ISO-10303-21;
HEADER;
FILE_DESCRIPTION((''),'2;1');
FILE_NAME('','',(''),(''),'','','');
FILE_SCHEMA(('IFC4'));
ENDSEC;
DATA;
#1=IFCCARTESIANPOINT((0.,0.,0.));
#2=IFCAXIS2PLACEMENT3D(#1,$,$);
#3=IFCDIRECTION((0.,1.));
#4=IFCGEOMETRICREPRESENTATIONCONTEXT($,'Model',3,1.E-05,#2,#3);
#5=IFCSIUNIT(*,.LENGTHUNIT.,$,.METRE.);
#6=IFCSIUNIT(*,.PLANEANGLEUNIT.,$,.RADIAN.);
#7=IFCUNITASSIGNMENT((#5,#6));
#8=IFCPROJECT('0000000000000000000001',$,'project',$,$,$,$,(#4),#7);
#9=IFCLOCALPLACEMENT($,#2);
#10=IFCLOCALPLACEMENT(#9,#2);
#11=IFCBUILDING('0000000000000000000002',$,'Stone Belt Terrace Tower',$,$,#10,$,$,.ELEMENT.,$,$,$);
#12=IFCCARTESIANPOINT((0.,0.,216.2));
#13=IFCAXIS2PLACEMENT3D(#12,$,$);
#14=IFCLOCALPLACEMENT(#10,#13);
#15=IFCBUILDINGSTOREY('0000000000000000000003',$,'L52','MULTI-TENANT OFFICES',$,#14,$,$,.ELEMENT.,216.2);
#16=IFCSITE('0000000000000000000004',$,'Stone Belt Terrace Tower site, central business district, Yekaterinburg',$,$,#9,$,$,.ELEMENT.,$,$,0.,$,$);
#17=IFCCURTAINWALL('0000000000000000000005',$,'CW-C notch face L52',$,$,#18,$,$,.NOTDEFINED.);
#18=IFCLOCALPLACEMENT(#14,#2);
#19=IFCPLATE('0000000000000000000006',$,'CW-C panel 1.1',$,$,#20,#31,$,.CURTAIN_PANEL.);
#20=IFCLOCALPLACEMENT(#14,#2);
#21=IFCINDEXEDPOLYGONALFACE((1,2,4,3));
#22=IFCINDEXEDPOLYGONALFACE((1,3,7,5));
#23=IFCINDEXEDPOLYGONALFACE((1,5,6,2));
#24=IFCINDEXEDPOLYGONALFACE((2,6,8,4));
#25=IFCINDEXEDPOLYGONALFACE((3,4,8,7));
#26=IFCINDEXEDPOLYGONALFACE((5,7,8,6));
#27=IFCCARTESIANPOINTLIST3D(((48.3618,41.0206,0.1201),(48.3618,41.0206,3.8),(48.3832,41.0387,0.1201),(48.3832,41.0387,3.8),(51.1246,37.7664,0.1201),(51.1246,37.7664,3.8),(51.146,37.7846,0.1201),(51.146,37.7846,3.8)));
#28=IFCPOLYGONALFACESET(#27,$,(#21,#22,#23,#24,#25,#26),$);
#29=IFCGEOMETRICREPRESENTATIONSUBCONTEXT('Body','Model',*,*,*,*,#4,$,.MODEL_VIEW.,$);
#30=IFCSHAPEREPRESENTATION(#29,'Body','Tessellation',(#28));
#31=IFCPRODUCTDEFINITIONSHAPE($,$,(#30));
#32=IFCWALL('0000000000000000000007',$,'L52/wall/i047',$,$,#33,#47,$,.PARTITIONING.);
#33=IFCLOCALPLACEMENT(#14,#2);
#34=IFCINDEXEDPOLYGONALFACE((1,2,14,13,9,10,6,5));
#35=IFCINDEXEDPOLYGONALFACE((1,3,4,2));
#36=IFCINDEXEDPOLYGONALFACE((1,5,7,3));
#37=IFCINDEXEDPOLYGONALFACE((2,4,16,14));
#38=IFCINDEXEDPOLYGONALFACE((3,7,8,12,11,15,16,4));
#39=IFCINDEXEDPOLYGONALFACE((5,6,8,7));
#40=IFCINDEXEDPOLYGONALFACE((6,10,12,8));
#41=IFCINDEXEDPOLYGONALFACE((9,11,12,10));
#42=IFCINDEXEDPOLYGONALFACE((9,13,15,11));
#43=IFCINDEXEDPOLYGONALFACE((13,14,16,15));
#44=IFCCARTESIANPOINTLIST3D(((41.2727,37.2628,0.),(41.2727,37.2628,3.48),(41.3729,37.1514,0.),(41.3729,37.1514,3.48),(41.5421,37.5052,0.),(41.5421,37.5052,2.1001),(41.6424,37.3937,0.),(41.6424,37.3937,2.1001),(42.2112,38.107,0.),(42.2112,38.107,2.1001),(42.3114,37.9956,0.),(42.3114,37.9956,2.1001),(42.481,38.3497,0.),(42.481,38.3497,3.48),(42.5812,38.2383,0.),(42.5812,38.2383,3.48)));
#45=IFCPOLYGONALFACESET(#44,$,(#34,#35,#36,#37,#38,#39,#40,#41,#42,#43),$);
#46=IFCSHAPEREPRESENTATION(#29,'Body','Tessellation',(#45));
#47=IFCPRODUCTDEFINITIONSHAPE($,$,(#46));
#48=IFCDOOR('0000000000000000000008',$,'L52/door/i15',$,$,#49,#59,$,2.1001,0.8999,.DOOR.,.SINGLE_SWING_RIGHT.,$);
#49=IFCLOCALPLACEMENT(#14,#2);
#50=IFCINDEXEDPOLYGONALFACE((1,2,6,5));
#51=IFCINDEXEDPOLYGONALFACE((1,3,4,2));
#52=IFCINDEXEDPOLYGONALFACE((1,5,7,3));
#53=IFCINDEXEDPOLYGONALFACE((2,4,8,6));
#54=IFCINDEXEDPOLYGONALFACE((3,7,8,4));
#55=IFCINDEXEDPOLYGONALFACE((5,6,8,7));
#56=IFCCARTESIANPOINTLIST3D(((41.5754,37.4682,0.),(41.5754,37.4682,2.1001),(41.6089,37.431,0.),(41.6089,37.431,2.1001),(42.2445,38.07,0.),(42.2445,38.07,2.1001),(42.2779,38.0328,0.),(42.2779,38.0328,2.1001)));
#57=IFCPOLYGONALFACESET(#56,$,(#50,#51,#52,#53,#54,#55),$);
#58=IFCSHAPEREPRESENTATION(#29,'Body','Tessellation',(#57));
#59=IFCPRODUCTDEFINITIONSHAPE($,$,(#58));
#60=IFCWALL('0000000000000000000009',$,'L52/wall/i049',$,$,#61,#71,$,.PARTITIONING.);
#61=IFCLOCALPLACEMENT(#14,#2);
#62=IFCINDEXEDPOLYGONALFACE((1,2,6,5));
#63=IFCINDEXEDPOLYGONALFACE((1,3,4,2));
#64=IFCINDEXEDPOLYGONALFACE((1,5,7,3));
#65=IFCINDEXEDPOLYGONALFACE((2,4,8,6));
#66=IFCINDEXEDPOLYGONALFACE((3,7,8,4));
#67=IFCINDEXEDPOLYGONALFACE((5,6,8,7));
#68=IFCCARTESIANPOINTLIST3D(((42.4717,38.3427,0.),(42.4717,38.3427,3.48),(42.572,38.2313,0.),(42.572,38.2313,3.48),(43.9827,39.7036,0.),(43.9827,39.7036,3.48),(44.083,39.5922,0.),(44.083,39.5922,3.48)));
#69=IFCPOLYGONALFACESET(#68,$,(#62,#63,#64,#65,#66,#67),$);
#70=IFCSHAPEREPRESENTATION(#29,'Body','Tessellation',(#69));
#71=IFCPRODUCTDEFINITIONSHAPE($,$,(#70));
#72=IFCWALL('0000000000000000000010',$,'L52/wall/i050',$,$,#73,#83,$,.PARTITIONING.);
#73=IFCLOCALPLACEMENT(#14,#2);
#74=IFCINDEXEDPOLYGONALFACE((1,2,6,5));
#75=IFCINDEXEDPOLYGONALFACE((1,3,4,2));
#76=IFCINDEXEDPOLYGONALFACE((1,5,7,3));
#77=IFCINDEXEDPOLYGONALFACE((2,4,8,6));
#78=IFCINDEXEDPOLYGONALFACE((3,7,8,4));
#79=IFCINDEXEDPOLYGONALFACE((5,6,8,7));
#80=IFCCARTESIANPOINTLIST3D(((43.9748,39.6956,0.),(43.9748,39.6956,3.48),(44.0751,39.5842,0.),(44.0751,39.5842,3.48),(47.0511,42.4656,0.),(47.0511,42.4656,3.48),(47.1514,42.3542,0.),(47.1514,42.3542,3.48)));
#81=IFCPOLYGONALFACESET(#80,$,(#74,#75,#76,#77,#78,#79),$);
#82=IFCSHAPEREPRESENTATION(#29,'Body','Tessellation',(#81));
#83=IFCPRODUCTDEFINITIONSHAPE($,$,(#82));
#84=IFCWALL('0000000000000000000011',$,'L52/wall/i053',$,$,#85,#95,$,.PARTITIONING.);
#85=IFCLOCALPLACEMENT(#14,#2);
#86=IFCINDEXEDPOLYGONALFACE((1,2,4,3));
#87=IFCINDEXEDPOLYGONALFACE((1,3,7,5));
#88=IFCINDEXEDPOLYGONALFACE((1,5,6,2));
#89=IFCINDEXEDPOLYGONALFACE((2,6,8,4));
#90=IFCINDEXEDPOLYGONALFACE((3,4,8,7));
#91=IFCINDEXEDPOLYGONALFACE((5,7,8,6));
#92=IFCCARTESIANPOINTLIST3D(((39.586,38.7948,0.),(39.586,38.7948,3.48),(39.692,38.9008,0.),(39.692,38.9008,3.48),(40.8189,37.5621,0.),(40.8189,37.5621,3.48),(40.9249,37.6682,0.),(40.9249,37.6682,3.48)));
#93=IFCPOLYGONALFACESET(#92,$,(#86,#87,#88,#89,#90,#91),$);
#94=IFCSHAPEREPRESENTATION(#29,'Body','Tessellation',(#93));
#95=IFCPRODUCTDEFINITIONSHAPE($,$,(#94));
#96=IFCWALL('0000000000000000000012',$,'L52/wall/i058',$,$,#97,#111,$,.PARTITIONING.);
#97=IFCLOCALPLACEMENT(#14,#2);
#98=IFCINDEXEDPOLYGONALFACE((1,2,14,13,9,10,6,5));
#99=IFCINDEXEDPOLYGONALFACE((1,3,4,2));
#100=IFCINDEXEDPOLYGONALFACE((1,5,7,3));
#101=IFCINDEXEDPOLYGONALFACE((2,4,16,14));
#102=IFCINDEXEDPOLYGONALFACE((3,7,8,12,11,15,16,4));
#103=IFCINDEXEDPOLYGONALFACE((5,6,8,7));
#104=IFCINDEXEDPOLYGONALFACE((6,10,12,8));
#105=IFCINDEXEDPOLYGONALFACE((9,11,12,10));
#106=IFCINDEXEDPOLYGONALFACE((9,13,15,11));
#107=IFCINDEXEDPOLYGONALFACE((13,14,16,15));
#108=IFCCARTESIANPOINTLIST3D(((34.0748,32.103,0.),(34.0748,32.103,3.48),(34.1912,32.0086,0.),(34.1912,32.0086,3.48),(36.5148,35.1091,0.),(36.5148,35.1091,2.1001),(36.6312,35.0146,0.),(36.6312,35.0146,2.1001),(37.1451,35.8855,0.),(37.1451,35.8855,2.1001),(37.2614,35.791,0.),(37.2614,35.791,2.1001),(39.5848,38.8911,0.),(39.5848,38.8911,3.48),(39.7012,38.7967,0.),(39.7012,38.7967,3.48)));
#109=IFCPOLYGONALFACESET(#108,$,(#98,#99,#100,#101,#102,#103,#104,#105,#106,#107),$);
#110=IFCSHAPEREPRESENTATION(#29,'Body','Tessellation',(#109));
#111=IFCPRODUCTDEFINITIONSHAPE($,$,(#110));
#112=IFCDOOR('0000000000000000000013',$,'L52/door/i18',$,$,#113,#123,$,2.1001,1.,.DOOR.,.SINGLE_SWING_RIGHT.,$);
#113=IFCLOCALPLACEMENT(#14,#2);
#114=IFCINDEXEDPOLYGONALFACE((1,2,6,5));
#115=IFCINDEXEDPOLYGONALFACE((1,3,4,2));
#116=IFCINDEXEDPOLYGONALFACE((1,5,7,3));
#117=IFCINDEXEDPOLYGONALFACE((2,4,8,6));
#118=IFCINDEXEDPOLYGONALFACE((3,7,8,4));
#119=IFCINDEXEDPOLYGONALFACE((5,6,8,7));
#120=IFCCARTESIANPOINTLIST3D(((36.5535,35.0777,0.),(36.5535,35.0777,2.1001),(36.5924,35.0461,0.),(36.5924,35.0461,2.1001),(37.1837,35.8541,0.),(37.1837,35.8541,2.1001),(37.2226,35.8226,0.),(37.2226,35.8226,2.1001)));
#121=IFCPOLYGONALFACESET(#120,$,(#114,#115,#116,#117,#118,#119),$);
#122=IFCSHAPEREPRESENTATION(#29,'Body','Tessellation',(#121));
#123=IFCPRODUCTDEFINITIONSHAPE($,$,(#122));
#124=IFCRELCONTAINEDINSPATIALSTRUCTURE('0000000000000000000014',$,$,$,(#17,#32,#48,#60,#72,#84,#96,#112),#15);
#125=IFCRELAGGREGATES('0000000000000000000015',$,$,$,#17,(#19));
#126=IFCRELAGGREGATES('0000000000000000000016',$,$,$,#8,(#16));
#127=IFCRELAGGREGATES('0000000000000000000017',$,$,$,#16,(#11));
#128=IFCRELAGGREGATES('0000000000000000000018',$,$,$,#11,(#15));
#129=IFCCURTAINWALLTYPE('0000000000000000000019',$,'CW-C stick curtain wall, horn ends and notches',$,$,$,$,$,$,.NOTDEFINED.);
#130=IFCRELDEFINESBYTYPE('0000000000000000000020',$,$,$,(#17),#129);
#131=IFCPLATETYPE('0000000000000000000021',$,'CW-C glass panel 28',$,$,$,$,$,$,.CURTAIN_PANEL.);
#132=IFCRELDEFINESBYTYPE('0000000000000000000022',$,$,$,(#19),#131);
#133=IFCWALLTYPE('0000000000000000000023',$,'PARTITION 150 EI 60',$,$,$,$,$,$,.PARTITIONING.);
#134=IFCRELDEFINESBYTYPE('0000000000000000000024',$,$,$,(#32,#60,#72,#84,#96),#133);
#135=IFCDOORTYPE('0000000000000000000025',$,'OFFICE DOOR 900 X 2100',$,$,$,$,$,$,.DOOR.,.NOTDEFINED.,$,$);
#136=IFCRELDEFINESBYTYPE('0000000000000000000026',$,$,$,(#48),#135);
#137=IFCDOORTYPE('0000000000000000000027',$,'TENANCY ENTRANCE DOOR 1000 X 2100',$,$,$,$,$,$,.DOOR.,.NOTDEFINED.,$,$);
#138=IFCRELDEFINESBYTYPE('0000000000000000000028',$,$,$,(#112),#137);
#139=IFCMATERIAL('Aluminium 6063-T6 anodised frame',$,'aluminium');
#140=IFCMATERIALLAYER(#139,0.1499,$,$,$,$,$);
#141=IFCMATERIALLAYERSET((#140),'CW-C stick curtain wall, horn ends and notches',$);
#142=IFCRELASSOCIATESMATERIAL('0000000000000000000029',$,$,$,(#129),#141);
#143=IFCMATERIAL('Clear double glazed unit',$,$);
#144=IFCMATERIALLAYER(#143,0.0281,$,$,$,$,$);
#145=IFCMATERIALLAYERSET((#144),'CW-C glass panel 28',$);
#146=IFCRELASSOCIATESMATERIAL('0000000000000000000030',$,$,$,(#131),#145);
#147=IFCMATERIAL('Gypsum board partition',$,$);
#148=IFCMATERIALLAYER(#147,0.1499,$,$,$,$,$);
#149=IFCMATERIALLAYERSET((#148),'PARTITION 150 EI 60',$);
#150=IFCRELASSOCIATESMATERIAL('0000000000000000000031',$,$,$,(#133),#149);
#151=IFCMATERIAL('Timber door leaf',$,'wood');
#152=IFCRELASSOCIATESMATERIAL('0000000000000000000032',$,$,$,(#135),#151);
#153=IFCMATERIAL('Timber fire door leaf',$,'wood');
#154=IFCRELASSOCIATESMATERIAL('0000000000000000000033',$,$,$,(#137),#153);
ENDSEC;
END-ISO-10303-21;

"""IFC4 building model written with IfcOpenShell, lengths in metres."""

from ifc_helpers import new_model, si_unit, direction, frame, frame_2d, origin, origin_2d, place, context, subcontext, project, spatial, rectangle, extrude, material, layer, layer_set, type_object, element, fill, aggregate, save


model = new_model("IFC4")

# Units and contexts
model_context = context("Model", 3, precision=1e-05, world=origin(), true_north=direction((0.0, 1.0)))
body_context = subcontext(model_context, "Body", "Model", "MODEL_VIEW")
ifc_project = project(units=[si_unit("LENGTHUNIT", "METRE"), si_unit("PLANEANGLEUNIT", "RADIAN")], contexts=[model_context])

# Site, building, storey
site_placement = place(None, origin())
site = spatial("IfcSite", under=ifc_project, at=site_placement, Name="Stone Belt Terrace Tower site, central business district, Yekaterinburg", CompositionType="ELEMENT", RefElevation=0.0)
building_placement = place(site_placement, origin())
building = spatial("IfcBuilding", under=site, at=building_placement, Name="Stone Belt Terrace Tower", CompositionType="ELEMENT")
storey_placement = place(building_placement, frame((0.0, 0.0, 216.2)))
storey = spatial("IfcBuildingStorey", under=building, at=storey_placement, Name="L52", Description="MULTI-TENANT OFFICES", CompositionType="ELEMENT", Elevation=216.2)

# Curtain wall
ifc_material_1 = material(Name="Aluminium 6063-T6 anodised frame", Category="aluminium")
ifc_layer_1 = layer(ifc_material_1, 0.1499)
ifc_layer_set_1 = layer_set([ifc_layer_1], Name="CW-C stick curtain wall, horn ends and notches")
curtain_wall_type = type_object("IfcCurtainWallType", Name="CW-C stick curtain wall, horn ends and notches", PredefinedType="NOTDEFINED", material=ifc_layer_set_1)
curtain_wall_1_placement = place(storey_placement, origin())
curtain_wall_1 = element("IfcCurtainWall", 1, at=curtain_wall_1_placement, inside=storey, type_object=curtain_wall_type, Name="CW-C notch face L52", PredefinedType="NOTDEFINED")

# Plate
ifc_material_2 = material(Name="Clear double glazed unit")
ifc_layer_2 = layer(ifc_material_2, 0.0281)
ifc_layer_set_2 = layer_set([ifc_layer_2], Name="CW-C glass panel 28")
plate_type = type_object("IfcPlateType", Name="CW-C glass panel 28", PredefinedType="CURTAIN_PANEL", material=ifc_layer_set_2)
plate_1_placement = place(storey_placement, frame((49.7539, 39.4026, 0.1201), z_axis=(0.0, 0.0, 1.0), x_axis=(-0.647211, 0.762311, 0.0)))
plate_1 = element("IfcPlate", 2, at=plate_1_placement, type_object=plate_type, Name="CW-C panel 1.1", PredefinedType="CURTAIN_PANEL", context=body_context, shape_type="SweptSolid", body=[
    extrude(rectangle(XDim=4.2688, YDim=0.0281, at=origin_2d()), origin(), (0.0, 0.0, 1.0), 3.6799),
])
aggregate(curtain_wall_1, [plate_1])

# Wall, opening, door
ifc_material_3 = material(Name="Gypsum board partition")
ifc_layer_3 = layer(ifc_material_3, 0.1499)
ifc_layer_set_3 = layer_set([ifc_layer_3], Name="PARTITION 150 EI 60")
wall_type = type_object("IfcWallType", Name="PARTITION 150 EI 60", PredefinedType="PARTITIONING", material=ifc_layer_set_3)
wall_1_placement = place(storey_placement, frame((42.531, 38.2939, 0.0), z_axis=(0.0, 0.0, 1.0), x_axis=(-0.743451, -0.66879, 0.0)))
wall_1 = element("IfcWall", 3, at=wall_1_placement, inside=storey, type_object=wall_type, Name="L52/wall/i047", PredefinedType="PARTITIONING", context=body_context, shape_type="SweptSolid", body=[
    extrude(rectangle(XDim=1.6252, YDim=0.1499, at=frame_2d((0.8125, 0.0))), origin(), (0.0, 0.0, 1.0), 3.48),
])
opening_1_placement = place(wall_1_placement, frame((0.3628, 0.0, 0.0)))
opening_1 = element("IfcOpeningElement", 4, at=opening_1_placement, cuts=wall_1, PredefinedType="OPENING", context=body_context, shape_type="SweptSolid", body=[
    extrude(rectangle(XDim=0.8999, YDim=2.1001, at=frame_2d((0.45, 1.05))), frame((0.0, 0.085, 0.0), z_axis=(0.0, -1.0, 0.0), x_axis=(1.0, 0.0, 0.0)), (0.0, 0.0, 1.0), 0.1699),
])
ifc_material_4 = material(Name="Timber door leaf", Category="wood")
door_type_1 = type_object("IfcDoorType", Name="OFFICE DOOR 900 X 2100", OperationType="NOTDEFINED", PredefinedType="DOOR", material=ifc_material_4)
door_1_placement = place(opening_1_placement, origin())
door_1 = element("IfcDoor", 5, at=door_1_placement, inside=storey, type_object=door_type_1, Name="L52/door/i15", OperationType="SINGLE_SWING_RIGHT", OverallHeight=2.1001, OverallWidth=0.8999, PredefinedType="DOOR", context=body_context, shape_type="SweptSolid", body=[
    extrude(rectangle(XDim=0.8999, YDim=2.1001, at=frame_2d((0.45, 1.05))), frame((0.0, 0.0249, 0.0), z_axis=(0.0, -1.0, 0.0), x_axis=(1.0, 0.0, 0.0)), (0.0, 0.0, 1.0), 0.05),
])
fill(opening_1, door_1)

# Walls
wall_2_placement = place(storey_placement, frame((42.522, 38.2871, 0.0), z_axis=(0.0, 0.0, 1.0), x_axis=(0.743061, 0.669223, 0.0)))
element("IfcWall", 6, at=wall_2_placement, inside=storey, type_object=wall_type, Name="L52/wall/i049", PredefinedType="PARTITIONING", context=body_context, shape_type="SweptSolid", body=[
    extrude(rectangle(XDim=2.0334, YDim=0.1499, at=frame_2d((1.0166, 0.0))), origin(), (0.0, 0.0, 1.0), 3.48),
])
wall_3_placement = place(storey_placement, frame((44.0249, 39.6399, 0.0), z_axis=(0.0, 0.0, 1.0), x_axis=(0.743145, 0.669131, 0.0)))
element("IfcWall", 7, at=wall_3_placement, inside=storey, type_object=wall_type, Name="L52/wall/i050", PredefinedType="PARTITIONING", context=body_context, shape_type="SweptSolid", body=[
    extrude(rectangle(XDim=4.1396, YDim=0.1499, at=frame_2d((2.0698, 0.0))), origin(), (0.0, 0.0, 1.0), 3.48),
])
wall_4_placement = place(storey_placement, frame((40.8718, 37.6152, 0.0), z_axis=(0.0, 0.0, 1.0), x_axis=(-0.707177, 0.707037, 0.0)))
element("IfcWall", 8, at=wall_4_placement, inside=storey, type_object=wall_type, Name="L52/wall/i053", PredefinedType="PARTITIONING", context=body_context, shape_type="SweptSolid", body=[
    extrude(rectangle(XDim=1.7434, YDim=0.1499, at=frame_2d((0.8716, 0.0))), origin(), (0.0, 0.0, 1.0), 3.48),
])

# Wall, opening, door
wall_5_placement = place(storey_placement, frame((39.6431, 38.844, 0.0), z_axis=(0.0, 0.0, 1.0), x_axis=(-0.630227, -0.776411, 0.0)))
wall_5 = element("IfcWall", 9, at=wall_5_placement, inside=storey, type_object=wall_type, Name="L52/wall/i058", PredefinedType="PARTITIONING", context=body_context, shape_type="SweptSolid", body=[
    extrude(rectangle(XDim=8.7429, YDim=0.1499, at=frame_2d((4.3716, 0.0))), origin(), (0.0, 0.0, 1.0), 3.48),
])
opening_2_placement = place(wall_5_placement, frame((3.8713, 0.0, 0.0)))
opening_2 = element("IfcOpeningElement", 10, at=opening_2_placement, cuts=wall_5, PredefinedType="OPENING", context=body_context, shape_type="SweptSolid", body=[
    extrude(rectangle(XDim=1.0, YDim=2.1001, at=frame_2d((0.5, 1.05))), frame((0.0, 0.085, 0.0), z_axis=(0.0, -1.0, 0.0), x_axis=(1.0, 0.0, 0.0)), (0.0, 0.0, 1.0), 0.1699),
])
ifc_material_5 = material(Name="Timber fire door leaf", Category="wood")
door_type_2 = type_object("IfcDoorType", Name="TENANCY ENTRANCE DOOR 1000 X 2100", OperationType="NOTDEFINED", PredefinedType="DOOR", material=ifc_material_5)
door_2_placement = place(opening_2_placement, origin())
door_2 = element("IfcDoor", 11, at=door_2_placement, inside=storey, type_object=door_type_2, Name="L52/door/i18", OperationType="SINGLE_SWING_RIGHT", OverallHeight=2.1001, OverallWidth=1.0, PredefinedType="DOOR", context=body_context, shape_type="SweptSolid", body=[
    extrude(rectangle(XDim=1.0, YDim=2.1001, at=frame_2d((0.5, 1.05))), frame((0.0, 0.0249, 0.0), z_axis=(0.0, -1.0, 0.0), x_axis=(1.0, 0.0, 0.0)), (0.0, 0.0, 1.0), 0.05),
])
fill(opening_2, door_2)

save(model, "model.ifc")
